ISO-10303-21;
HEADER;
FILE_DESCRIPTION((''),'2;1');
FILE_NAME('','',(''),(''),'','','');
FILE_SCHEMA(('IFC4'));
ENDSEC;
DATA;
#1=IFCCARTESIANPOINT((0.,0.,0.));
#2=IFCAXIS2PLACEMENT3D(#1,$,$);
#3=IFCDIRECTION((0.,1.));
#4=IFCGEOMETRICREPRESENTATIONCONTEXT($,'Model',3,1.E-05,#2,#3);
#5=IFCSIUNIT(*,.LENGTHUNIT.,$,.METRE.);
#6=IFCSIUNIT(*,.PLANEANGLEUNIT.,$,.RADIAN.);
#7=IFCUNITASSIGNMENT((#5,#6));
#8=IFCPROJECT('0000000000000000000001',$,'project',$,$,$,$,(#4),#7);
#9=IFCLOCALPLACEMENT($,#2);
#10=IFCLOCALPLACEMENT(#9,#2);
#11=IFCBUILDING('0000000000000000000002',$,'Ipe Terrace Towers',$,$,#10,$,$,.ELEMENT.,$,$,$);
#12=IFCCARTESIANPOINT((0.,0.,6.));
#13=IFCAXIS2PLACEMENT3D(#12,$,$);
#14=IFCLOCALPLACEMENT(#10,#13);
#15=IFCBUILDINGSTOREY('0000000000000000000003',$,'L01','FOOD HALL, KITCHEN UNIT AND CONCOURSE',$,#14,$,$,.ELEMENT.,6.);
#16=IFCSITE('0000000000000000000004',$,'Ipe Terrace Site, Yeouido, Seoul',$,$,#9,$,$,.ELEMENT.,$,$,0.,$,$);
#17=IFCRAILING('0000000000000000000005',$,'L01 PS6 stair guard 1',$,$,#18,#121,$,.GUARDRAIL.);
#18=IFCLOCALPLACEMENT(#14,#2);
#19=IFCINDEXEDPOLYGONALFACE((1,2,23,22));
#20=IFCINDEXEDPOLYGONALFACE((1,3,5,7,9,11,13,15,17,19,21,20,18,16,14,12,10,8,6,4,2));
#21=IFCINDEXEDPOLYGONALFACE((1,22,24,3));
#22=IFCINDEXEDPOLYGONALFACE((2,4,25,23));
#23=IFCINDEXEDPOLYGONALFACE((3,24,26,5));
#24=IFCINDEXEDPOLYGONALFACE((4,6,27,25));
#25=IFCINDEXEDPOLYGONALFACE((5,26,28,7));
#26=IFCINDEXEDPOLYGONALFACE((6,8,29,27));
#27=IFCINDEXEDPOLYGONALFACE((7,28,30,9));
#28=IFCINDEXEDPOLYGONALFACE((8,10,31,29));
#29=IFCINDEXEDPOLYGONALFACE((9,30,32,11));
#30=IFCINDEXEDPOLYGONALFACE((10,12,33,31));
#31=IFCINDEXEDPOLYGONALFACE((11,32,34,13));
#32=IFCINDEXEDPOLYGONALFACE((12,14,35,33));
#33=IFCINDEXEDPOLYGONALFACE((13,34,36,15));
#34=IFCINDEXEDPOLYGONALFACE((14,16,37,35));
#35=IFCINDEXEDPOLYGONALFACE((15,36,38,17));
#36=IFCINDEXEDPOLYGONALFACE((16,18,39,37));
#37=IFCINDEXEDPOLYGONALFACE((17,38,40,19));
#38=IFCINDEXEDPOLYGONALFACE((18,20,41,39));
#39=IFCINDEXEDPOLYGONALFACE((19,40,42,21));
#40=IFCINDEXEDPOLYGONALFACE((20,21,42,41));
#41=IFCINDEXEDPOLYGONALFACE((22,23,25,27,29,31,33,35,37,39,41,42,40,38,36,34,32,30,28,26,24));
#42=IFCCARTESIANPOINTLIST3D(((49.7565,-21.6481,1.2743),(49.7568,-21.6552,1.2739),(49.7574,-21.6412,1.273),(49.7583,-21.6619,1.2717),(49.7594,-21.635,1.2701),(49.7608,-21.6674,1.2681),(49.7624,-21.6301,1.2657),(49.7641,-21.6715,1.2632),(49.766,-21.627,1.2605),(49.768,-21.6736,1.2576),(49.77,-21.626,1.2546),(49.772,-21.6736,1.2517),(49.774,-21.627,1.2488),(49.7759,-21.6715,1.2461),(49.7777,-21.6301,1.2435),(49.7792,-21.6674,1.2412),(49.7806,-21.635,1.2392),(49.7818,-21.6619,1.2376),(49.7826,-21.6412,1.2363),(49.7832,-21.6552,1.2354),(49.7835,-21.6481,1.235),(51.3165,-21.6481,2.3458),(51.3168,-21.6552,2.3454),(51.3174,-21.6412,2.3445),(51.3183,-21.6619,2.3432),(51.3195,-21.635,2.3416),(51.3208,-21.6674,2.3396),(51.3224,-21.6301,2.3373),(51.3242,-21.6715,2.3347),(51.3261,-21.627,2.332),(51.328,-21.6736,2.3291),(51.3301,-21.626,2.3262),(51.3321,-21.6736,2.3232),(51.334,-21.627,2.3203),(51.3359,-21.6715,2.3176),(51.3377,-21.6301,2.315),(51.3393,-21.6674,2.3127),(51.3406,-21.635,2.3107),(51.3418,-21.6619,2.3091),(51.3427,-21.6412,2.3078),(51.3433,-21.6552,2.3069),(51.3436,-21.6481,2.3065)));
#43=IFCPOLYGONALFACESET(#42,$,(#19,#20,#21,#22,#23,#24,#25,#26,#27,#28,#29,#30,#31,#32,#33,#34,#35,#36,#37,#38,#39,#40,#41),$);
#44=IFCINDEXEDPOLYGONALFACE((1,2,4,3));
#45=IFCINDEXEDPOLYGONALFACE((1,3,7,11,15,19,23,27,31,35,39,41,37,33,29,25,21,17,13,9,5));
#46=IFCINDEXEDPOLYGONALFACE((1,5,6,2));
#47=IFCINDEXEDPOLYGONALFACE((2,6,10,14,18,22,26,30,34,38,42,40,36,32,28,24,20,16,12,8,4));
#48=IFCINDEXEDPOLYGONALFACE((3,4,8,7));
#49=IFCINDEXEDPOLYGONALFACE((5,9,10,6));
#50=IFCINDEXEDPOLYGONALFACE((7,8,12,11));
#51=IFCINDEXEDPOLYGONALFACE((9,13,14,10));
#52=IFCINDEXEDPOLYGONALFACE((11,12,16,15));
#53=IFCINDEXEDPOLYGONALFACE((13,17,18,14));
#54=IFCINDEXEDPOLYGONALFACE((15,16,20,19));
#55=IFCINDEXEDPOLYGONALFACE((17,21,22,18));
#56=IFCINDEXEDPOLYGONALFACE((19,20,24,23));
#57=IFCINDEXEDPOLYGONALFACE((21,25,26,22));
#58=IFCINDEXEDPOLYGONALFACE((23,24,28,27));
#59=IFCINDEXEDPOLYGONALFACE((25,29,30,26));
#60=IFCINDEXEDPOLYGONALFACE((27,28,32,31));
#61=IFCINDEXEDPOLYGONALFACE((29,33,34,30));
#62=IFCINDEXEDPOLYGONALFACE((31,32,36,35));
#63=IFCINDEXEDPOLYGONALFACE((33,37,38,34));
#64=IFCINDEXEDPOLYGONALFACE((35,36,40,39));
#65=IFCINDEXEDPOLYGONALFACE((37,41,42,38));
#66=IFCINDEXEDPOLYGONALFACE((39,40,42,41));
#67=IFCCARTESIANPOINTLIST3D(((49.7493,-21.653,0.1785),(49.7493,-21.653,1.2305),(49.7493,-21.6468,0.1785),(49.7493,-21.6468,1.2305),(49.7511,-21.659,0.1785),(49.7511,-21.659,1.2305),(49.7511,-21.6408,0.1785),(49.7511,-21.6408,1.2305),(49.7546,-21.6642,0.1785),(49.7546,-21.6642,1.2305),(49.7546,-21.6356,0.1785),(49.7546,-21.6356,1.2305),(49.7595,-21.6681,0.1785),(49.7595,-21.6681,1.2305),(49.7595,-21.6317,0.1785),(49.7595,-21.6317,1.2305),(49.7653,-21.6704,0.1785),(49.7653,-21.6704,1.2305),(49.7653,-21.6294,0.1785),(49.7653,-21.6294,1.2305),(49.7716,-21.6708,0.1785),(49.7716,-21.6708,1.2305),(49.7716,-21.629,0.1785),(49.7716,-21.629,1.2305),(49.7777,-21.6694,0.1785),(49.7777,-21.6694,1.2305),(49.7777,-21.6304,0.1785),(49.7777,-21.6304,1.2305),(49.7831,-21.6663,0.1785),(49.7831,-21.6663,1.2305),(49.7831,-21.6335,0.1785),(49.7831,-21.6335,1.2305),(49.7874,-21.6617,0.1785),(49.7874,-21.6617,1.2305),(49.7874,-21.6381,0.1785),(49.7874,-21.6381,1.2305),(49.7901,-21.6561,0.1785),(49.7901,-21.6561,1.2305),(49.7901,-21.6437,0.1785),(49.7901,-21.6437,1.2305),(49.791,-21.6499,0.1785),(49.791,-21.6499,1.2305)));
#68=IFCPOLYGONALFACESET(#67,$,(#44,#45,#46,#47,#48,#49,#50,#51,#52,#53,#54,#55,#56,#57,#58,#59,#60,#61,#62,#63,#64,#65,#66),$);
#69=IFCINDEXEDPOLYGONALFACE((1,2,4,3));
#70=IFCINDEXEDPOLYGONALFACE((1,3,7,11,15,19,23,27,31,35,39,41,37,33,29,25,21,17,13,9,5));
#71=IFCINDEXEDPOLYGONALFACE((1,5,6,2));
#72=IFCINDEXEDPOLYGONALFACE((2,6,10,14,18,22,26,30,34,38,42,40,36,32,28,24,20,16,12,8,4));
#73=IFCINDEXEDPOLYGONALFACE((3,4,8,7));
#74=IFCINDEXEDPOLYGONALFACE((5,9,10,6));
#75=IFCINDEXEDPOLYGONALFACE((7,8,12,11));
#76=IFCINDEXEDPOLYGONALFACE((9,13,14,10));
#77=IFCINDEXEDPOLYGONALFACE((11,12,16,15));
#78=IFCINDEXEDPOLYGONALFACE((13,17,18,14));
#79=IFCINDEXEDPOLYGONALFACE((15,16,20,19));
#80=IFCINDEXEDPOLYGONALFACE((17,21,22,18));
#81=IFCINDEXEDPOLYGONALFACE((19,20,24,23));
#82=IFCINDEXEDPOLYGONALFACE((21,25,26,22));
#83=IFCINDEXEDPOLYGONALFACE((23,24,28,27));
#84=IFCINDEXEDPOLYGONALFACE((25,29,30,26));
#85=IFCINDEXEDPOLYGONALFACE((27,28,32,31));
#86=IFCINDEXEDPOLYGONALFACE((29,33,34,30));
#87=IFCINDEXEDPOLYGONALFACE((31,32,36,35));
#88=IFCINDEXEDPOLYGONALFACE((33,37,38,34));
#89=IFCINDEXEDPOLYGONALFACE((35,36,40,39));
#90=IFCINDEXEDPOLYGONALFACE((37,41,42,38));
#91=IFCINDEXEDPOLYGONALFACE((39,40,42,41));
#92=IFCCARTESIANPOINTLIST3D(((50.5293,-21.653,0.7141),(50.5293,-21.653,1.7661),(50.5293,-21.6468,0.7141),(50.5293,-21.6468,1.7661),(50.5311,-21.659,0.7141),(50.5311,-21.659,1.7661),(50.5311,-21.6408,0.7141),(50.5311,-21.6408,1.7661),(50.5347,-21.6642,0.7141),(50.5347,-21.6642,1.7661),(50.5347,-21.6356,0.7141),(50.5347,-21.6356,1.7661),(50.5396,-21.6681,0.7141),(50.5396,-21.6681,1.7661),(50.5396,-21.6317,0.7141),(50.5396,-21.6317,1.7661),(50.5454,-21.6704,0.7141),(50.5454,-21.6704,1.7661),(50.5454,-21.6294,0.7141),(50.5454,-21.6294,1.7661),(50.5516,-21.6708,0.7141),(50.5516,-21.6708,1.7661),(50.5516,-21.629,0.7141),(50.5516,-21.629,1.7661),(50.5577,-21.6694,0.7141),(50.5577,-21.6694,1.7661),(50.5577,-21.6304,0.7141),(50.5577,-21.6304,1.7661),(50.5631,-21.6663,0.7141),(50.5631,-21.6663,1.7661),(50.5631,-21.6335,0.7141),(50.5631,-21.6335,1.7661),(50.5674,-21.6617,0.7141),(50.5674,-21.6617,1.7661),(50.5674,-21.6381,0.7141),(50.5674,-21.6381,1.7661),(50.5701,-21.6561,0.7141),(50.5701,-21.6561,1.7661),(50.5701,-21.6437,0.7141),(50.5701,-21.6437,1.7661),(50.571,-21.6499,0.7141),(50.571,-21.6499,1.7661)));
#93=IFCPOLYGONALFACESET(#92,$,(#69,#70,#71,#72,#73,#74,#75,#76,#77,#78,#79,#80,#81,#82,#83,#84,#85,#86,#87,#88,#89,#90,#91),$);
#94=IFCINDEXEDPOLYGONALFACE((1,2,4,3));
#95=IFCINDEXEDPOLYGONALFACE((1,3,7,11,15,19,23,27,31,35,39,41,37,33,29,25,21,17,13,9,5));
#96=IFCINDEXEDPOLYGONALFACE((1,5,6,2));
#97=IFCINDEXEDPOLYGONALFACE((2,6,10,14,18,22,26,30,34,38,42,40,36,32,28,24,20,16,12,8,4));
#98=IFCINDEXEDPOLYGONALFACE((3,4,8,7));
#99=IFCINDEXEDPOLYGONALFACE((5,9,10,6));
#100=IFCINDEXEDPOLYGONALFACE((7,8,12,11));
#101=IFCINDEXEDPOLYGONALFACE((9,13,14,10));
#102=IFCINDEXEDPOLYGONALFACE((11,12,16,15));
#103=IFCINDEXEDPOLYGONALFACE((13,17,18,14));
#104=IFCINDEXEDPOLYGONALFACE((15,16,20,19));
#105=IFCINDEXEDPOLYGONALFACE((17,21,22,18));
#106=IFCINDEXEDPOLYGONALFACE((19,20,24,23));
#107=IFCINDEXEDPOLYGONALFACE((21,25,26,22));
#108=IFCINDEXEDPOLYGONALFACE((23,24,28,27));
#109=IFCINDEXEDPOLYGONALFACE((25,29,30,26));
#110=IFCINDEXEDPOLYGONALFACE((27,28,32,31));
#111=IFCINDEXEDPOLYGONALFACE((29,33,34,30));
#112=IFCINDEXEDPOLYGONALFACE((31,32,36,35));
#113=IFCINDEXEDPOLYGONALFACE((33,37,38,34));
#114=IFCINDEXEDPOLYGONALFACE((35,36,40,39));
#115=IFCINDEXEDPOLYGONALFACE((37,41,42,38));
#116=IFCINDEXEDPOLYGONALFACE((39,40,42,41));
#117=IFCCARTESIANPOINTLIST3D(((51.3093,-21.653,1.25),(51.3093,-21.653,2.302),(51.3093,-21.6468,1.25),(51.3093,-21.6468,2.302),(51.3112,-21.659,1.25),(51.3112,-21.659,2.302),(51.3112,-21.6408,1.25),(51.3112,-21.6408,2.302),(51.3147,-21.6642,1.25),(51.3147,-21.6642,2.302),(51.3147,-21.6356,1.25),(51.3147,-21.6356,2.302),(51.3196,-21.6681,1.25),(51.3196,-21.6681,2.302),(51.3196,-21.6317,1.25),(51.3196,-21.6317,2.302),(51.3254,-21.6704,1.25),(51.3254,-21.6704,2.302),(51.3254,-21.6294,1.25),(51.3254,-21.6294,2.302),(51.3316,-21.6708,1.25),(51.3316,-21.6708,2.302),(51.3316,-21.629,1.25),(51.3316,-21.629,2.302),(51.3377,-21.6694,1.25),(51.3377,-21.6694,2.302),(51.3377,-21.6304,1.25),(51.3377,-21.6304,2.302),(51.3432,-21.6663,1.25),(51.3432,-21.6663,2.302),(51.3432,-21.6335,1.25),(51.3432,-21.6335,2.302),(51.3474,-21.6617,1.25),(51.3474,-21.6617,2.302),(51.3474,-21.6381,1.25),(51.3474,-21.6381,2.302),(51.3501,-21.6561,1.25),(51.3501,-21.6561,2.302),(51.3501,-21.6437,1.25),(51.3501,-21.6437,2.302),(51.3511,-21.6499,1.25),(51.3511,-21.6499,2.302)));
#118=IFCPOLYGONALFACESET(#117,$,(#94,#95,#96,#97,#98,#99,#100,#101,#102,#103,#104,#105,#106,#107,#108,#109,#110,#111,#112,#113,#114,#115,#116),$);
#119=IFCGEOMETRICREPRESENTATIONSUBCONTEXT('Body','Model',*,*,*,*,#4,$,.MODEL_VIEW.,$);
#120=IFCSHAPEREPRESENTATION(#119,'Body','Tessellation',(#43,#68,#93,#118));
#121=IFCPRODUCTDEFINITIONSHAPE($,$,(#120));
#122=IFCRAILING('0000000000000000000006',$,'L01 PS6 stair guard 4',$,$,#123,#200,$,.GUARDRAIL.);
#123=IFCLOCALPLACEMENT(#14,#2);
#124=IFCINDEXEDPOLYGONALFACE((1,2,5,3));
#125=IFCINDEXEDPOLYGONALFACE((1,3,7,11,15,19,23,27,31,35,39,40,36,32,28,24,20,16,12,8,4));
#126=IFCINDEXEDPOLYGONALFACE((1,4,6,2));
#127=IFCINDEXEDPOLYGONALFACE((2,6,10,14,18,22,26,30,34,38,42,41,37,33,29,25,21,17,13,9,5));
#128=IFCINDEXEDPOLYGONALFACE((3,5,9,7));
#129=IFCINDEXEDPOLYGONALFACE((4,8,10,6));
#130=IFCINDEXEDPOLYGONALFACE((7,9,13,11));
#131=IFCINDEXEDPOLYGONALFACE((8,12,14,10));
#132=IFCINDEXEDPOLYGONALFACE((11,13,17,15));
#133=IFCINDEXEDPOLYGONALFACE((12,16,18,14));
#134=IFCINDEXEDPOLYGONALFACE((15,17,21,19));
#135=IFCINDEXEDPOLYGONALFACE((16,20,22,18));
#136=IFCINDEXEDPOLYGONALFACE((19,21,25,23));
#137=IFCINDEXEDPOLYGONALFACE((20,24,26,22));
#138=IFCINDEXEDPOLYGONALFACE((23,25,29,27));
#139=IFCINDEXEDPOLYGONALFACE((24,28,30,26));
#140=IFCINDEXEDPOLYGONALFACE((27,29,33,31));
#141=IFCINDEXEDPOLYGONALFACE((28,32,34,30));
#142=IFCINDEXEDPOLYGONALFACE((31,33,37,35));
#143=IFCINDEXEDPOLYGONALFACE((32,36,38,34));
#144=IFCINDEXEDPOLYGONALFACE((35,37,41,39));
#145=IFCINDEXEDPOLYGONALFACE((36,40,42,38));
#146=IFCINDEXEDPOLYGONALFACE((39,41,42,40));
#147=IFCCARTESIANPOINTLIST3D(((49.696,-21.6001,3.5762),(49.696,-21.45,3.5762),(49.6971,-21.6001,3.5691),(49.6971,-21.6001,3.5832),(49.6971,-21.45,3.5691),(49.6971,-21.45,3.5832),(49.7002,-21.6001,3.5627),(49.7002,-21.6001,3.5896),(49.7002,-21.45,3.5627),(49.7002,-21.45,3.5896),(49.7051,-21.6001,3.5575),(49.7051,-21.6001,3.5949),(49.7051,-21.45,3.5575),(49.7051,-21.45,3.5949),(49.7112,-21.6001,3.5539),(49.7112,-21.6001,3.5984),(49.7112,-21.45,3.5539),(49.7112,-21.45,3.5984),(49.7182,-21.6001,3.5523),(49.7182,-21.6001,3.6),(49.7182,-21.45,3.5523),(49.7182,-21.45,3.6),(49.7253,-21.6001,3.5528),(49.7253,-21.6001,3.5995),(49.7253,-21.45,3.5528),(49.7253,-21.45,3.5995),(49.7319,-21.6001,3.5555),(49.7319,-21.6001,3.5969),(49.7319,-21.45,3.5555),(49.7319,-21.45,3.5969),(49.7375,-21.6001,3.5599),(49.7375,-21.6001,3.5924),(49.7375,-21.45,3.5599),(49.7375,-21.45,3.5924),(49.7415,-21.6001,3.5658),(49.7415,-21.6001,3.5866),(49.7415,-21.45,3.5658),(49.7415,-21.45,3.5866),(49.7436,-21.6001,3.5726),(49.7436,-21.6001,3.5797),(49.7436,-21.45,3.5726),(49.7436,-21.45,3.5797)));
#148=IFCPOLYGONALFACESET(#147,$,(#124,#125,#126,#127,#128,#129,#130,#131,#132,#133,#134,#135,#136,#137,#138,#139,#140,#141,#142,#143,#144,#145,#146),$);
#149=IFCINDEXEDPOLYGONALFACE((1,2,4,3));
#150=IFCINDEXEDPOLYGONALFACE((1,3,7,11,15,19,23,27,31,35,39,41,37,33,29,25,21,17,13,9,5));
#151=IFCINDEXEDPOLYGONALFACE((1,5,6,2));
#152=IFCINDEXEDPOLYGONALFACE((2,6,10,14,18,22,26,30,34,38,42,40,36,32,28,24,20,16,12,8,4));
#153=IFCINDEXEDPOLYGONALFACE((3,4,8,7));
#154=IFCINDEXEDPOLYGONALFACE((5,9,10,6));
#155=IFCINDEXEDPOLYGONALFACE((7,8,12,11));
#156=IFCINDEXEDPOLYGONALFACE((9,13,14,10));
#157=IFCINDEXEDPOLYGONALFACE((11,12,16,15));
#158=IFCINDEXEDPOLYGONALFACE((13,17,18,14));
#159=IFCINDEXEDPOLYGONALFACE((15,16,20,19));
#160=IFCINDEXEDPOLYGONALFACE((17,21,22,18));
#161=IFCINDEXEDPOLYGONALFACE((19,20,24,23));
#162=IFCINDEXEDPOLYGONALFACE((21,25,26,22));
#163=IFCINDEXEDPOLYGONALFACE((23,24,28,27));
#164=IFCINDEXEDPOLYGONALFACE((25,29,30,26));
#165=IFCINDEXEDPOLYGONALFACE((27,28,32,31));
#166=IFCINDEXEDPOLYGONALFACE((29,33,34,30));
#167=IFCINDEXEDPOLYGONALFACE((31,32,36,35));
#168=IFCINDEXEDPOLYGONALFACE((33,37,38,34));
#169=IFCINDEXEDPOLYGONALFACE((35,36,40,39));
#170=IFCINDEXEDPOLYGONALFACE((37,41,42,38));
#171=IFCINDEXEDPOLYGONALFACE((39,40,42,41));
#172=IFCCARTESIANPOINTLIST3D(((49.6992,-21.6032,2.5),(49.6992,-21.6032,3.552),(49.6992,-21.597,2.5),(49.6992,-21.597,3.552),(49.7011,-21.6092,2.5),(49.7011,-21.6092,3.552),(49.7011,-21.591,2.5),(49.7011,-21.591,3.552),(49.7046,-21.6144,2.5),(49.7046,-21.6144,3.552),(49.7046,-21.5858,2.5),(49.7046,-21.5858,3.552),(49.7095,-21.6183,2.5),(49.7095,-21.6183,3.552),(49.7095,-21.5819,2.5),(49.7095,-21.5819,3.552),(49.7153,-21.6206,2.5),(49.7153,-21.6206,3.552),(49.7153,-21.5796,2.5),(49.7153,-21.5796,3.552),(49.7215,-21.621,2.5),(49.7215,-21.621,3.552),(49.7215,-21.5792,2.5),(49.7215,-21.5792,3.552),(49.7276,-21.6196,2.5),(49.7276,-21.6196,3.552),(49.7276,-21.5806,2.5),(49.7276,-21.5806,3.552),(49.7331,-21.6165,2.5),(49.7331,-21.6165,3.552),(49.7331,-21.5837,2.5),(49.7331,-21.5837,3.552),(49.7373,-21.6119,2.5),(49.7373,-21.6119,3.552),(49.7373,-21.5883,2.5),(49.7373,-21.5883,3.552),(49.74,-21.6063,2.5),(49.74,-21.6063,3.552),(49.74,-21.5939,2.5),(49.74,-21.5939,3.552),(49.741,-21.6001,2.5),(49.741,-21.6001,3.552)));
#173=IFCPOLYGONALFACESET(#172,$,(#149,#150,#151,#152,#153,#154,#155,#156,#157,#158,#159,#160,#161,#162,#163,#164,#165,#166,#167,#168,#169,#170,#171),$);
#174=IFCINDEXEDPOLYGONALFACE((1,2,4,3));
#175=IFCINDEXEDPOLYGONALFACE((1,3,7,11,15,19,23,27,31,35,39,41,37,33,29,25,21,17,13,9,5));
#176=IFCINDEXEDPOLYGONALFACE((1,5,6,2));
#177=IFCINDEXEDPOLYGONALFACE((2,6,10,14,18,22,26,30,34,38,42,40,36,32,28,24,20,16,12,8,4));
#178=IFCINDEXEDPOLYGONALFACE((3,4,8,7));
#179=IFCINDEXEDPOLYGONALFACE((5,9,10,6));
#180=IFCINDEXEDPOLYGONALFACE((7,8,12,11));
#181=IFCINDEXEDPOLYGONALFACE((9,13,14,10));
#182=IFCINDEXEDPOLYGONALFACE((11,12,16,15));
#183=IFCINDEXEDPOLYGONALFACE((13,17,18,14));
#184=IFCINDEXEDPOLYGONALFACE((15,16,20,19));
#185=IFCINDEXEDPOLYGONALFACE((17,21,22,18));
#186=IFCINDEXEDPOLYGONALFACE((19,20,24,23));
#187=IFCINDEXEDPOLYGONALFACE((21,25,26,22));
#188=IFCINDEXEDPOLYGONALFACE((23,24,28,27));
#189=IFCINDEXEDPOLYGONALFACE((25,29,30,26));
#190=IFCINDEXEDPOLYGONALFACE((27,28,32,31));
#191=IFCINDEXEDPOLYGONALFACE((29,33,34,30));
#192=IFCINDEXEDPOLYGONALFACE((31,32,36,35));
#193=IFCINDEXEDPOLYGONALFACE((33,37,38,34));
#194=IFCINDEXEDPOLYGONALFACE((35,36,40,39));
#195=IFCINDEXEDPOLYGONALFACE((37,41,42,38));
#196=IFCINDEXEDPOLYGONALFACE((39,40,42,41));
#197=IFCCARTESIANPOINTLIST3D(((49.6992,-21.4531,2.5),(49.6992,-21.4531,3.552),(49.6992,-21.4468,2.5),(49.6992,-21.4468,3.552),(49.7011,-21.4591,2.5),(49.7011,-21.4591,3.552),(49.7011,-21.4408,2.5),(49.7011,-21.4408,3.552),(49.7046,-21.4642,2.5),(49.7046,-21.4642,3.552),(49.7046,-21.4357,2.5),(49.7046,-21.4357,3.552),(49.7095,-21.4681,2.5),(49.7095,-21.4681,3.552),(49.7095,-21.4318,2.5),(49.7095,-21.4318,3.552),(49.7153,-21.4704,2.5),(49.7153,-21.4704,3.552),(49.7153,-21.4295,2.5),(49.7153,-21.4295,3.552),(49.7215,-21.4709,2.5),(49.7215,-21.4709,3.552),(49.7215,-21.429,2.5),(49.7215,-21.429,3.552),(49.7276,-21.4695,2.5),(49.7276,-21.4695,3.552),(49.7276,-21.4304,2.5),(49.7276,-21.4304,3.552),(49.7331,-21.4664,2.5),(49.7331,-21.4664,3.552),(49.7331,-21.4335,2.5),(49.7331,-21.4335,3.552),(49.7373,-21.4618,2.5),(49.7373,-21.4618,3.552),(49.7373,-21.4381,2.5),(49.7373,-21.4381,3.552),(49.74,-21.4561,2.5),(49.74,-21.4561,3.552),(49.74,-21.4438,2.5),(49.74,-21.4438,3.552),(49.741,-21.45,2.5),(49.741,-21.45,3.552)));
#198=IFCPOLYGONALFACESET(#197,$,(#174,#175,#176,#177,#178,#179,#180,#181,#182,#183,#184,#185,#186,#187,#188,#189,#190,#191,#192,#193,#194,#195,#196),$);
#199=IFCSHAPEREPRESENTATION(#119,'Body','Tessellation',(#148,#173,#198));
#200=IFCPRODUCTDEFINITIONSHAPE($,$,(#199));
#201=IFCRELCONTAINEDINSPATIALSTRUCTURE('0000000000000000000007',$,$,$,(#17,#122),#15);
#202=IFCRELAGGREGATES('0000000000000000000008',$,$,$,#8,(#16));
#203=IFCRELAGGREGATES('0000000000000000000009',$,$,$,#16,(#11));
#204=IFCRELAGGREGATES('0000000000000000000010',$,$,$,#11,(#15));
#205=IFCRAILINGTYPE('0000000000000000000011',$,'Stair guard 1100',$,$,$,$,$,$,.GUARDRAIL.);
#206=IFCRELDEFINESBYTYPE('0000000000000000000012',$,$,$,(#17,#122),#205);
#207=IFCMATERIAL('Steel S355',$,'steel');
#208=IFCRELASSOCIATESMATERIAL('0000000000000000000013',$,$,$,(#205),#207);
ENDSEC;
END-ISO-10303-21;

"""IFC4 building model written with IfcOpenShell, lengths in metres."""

from ifc_helpers import new_model, si_unit, direction, frame, origin, origin_2d, place, context, subcontext, project, spatial, circle, extrude, material, type_object, element, save


model = new_model("IFC4")

# Units and contexts
model_context = context("Model", 3, precision=1e-05, world=origin(), true_north=direction((0.0, 1.0)))
body_context = subcontext(model_context, "Body", "Model", "MODEL_VIEW")
ifc_project = project(units=[si_unit("LENGTHUNIT", "METRE"), si_unit("PLANEANGLEUNIT", "RADIAN")], contexts=[model_context])

# Site, building, storey
site_placement = place(None, origin())
site = spatial("IfcSite", under=ifc_project, at=site_placement, Name="Ipe Terrace Site, Yeouido, Seoul", CompositionType="ELEMENT", RefElevation=0.0)
building_placement = place(site_placement, origin())
building = spatial("IfcBuilding", under=site, at=building_placement, Name="Ipe Terrace Towers", CompositionType="ELEMENT")
storey_placement = place(building_placement, frame((0.0, 0.0, 6.0)))
storey = spatial("IfcBuildingStorey", under=building, at=storey_placement, Name="L01", Description="FOOD HALL, KITCHEN UNIT AND CONCOURSE", CompositionType="ELEMENT", Elevation=6.0)

# Railings
ifc_material_1 = material(Name="Steel S355", Category="steel")
railing_type_1 = type_object("IfcRailingType", Name="Stair guard 1100", PredefinedType="GUARDRAIL", material=ifc_material_1)
railing_placement = place(storey_placement, frame((49.77, -21.6499, 0.1785)))
element("IfcRailing", 1, at=railing_placement, inside=storey, type_object=railing_type_1, Name="L01 PS6 stair guard 1", PredefinedType="GUARDRAIL", context=body_context, shape_type="SweptSolid", body=[
    extrude(circle(Radius=0.0239, at=origin_2d()), frame((0.0, 0.0, 1.0762), z_axis=(0.82429, 0.0, 0.566167), x_axis=(0.0, 1.0, 0.0)), (0.0, 0.0, 1.0), 1.8926),
    extrude(circle(Radius=0.021, at=origin_2d()), origin(), (0.0, 0.0, 1.0), 1.052),
    extrude(circle(Radius=0.021, at=origin_2d()), frame((0.78, 0.0, 0.5356)), (0.0, 0.0, 1.0), 1.052),
    extrude(circle(Radius=0.021, at=origin_2d()), frame((1.5601, 0.0, 1.0715)), (0.0, 0.0, 1.0), 1.052),
])
for number, where, name in (
    (2, (49.72, -21.6001, 2.5), "L01 PS6 stair guard 4"),
):
    element("IfcRailing", number, at=place(storey_placement, frame(where)), inside=storey, type_object=railing_type_1, Name=name, PredefinedType="GUARDRAIL", context=body_context, shape_type="SweptSolid", body=[
        extrude(circle(Radius=0.0239, at=origin_2d()), frame((0.0, 0.0, 1.0762), z_axis=(0.0, 1.0, 0.0), x_axis=(-1.0, 0.0, 0.0)), (0.0, 0.0, 1.0), 0.1501),
        extrude(circle(Radius=0.021, at=origin_2d()), origin(), (0.0, 0.0, 1.0), 1.052),
        extrude(circle(Radius=0.021, at=origin_2d()), frame((0.0, 0.1501, 0.0)), (0.0, 0.0, 1.0), 1.052),
    ])

save(model, "model.ifc")
